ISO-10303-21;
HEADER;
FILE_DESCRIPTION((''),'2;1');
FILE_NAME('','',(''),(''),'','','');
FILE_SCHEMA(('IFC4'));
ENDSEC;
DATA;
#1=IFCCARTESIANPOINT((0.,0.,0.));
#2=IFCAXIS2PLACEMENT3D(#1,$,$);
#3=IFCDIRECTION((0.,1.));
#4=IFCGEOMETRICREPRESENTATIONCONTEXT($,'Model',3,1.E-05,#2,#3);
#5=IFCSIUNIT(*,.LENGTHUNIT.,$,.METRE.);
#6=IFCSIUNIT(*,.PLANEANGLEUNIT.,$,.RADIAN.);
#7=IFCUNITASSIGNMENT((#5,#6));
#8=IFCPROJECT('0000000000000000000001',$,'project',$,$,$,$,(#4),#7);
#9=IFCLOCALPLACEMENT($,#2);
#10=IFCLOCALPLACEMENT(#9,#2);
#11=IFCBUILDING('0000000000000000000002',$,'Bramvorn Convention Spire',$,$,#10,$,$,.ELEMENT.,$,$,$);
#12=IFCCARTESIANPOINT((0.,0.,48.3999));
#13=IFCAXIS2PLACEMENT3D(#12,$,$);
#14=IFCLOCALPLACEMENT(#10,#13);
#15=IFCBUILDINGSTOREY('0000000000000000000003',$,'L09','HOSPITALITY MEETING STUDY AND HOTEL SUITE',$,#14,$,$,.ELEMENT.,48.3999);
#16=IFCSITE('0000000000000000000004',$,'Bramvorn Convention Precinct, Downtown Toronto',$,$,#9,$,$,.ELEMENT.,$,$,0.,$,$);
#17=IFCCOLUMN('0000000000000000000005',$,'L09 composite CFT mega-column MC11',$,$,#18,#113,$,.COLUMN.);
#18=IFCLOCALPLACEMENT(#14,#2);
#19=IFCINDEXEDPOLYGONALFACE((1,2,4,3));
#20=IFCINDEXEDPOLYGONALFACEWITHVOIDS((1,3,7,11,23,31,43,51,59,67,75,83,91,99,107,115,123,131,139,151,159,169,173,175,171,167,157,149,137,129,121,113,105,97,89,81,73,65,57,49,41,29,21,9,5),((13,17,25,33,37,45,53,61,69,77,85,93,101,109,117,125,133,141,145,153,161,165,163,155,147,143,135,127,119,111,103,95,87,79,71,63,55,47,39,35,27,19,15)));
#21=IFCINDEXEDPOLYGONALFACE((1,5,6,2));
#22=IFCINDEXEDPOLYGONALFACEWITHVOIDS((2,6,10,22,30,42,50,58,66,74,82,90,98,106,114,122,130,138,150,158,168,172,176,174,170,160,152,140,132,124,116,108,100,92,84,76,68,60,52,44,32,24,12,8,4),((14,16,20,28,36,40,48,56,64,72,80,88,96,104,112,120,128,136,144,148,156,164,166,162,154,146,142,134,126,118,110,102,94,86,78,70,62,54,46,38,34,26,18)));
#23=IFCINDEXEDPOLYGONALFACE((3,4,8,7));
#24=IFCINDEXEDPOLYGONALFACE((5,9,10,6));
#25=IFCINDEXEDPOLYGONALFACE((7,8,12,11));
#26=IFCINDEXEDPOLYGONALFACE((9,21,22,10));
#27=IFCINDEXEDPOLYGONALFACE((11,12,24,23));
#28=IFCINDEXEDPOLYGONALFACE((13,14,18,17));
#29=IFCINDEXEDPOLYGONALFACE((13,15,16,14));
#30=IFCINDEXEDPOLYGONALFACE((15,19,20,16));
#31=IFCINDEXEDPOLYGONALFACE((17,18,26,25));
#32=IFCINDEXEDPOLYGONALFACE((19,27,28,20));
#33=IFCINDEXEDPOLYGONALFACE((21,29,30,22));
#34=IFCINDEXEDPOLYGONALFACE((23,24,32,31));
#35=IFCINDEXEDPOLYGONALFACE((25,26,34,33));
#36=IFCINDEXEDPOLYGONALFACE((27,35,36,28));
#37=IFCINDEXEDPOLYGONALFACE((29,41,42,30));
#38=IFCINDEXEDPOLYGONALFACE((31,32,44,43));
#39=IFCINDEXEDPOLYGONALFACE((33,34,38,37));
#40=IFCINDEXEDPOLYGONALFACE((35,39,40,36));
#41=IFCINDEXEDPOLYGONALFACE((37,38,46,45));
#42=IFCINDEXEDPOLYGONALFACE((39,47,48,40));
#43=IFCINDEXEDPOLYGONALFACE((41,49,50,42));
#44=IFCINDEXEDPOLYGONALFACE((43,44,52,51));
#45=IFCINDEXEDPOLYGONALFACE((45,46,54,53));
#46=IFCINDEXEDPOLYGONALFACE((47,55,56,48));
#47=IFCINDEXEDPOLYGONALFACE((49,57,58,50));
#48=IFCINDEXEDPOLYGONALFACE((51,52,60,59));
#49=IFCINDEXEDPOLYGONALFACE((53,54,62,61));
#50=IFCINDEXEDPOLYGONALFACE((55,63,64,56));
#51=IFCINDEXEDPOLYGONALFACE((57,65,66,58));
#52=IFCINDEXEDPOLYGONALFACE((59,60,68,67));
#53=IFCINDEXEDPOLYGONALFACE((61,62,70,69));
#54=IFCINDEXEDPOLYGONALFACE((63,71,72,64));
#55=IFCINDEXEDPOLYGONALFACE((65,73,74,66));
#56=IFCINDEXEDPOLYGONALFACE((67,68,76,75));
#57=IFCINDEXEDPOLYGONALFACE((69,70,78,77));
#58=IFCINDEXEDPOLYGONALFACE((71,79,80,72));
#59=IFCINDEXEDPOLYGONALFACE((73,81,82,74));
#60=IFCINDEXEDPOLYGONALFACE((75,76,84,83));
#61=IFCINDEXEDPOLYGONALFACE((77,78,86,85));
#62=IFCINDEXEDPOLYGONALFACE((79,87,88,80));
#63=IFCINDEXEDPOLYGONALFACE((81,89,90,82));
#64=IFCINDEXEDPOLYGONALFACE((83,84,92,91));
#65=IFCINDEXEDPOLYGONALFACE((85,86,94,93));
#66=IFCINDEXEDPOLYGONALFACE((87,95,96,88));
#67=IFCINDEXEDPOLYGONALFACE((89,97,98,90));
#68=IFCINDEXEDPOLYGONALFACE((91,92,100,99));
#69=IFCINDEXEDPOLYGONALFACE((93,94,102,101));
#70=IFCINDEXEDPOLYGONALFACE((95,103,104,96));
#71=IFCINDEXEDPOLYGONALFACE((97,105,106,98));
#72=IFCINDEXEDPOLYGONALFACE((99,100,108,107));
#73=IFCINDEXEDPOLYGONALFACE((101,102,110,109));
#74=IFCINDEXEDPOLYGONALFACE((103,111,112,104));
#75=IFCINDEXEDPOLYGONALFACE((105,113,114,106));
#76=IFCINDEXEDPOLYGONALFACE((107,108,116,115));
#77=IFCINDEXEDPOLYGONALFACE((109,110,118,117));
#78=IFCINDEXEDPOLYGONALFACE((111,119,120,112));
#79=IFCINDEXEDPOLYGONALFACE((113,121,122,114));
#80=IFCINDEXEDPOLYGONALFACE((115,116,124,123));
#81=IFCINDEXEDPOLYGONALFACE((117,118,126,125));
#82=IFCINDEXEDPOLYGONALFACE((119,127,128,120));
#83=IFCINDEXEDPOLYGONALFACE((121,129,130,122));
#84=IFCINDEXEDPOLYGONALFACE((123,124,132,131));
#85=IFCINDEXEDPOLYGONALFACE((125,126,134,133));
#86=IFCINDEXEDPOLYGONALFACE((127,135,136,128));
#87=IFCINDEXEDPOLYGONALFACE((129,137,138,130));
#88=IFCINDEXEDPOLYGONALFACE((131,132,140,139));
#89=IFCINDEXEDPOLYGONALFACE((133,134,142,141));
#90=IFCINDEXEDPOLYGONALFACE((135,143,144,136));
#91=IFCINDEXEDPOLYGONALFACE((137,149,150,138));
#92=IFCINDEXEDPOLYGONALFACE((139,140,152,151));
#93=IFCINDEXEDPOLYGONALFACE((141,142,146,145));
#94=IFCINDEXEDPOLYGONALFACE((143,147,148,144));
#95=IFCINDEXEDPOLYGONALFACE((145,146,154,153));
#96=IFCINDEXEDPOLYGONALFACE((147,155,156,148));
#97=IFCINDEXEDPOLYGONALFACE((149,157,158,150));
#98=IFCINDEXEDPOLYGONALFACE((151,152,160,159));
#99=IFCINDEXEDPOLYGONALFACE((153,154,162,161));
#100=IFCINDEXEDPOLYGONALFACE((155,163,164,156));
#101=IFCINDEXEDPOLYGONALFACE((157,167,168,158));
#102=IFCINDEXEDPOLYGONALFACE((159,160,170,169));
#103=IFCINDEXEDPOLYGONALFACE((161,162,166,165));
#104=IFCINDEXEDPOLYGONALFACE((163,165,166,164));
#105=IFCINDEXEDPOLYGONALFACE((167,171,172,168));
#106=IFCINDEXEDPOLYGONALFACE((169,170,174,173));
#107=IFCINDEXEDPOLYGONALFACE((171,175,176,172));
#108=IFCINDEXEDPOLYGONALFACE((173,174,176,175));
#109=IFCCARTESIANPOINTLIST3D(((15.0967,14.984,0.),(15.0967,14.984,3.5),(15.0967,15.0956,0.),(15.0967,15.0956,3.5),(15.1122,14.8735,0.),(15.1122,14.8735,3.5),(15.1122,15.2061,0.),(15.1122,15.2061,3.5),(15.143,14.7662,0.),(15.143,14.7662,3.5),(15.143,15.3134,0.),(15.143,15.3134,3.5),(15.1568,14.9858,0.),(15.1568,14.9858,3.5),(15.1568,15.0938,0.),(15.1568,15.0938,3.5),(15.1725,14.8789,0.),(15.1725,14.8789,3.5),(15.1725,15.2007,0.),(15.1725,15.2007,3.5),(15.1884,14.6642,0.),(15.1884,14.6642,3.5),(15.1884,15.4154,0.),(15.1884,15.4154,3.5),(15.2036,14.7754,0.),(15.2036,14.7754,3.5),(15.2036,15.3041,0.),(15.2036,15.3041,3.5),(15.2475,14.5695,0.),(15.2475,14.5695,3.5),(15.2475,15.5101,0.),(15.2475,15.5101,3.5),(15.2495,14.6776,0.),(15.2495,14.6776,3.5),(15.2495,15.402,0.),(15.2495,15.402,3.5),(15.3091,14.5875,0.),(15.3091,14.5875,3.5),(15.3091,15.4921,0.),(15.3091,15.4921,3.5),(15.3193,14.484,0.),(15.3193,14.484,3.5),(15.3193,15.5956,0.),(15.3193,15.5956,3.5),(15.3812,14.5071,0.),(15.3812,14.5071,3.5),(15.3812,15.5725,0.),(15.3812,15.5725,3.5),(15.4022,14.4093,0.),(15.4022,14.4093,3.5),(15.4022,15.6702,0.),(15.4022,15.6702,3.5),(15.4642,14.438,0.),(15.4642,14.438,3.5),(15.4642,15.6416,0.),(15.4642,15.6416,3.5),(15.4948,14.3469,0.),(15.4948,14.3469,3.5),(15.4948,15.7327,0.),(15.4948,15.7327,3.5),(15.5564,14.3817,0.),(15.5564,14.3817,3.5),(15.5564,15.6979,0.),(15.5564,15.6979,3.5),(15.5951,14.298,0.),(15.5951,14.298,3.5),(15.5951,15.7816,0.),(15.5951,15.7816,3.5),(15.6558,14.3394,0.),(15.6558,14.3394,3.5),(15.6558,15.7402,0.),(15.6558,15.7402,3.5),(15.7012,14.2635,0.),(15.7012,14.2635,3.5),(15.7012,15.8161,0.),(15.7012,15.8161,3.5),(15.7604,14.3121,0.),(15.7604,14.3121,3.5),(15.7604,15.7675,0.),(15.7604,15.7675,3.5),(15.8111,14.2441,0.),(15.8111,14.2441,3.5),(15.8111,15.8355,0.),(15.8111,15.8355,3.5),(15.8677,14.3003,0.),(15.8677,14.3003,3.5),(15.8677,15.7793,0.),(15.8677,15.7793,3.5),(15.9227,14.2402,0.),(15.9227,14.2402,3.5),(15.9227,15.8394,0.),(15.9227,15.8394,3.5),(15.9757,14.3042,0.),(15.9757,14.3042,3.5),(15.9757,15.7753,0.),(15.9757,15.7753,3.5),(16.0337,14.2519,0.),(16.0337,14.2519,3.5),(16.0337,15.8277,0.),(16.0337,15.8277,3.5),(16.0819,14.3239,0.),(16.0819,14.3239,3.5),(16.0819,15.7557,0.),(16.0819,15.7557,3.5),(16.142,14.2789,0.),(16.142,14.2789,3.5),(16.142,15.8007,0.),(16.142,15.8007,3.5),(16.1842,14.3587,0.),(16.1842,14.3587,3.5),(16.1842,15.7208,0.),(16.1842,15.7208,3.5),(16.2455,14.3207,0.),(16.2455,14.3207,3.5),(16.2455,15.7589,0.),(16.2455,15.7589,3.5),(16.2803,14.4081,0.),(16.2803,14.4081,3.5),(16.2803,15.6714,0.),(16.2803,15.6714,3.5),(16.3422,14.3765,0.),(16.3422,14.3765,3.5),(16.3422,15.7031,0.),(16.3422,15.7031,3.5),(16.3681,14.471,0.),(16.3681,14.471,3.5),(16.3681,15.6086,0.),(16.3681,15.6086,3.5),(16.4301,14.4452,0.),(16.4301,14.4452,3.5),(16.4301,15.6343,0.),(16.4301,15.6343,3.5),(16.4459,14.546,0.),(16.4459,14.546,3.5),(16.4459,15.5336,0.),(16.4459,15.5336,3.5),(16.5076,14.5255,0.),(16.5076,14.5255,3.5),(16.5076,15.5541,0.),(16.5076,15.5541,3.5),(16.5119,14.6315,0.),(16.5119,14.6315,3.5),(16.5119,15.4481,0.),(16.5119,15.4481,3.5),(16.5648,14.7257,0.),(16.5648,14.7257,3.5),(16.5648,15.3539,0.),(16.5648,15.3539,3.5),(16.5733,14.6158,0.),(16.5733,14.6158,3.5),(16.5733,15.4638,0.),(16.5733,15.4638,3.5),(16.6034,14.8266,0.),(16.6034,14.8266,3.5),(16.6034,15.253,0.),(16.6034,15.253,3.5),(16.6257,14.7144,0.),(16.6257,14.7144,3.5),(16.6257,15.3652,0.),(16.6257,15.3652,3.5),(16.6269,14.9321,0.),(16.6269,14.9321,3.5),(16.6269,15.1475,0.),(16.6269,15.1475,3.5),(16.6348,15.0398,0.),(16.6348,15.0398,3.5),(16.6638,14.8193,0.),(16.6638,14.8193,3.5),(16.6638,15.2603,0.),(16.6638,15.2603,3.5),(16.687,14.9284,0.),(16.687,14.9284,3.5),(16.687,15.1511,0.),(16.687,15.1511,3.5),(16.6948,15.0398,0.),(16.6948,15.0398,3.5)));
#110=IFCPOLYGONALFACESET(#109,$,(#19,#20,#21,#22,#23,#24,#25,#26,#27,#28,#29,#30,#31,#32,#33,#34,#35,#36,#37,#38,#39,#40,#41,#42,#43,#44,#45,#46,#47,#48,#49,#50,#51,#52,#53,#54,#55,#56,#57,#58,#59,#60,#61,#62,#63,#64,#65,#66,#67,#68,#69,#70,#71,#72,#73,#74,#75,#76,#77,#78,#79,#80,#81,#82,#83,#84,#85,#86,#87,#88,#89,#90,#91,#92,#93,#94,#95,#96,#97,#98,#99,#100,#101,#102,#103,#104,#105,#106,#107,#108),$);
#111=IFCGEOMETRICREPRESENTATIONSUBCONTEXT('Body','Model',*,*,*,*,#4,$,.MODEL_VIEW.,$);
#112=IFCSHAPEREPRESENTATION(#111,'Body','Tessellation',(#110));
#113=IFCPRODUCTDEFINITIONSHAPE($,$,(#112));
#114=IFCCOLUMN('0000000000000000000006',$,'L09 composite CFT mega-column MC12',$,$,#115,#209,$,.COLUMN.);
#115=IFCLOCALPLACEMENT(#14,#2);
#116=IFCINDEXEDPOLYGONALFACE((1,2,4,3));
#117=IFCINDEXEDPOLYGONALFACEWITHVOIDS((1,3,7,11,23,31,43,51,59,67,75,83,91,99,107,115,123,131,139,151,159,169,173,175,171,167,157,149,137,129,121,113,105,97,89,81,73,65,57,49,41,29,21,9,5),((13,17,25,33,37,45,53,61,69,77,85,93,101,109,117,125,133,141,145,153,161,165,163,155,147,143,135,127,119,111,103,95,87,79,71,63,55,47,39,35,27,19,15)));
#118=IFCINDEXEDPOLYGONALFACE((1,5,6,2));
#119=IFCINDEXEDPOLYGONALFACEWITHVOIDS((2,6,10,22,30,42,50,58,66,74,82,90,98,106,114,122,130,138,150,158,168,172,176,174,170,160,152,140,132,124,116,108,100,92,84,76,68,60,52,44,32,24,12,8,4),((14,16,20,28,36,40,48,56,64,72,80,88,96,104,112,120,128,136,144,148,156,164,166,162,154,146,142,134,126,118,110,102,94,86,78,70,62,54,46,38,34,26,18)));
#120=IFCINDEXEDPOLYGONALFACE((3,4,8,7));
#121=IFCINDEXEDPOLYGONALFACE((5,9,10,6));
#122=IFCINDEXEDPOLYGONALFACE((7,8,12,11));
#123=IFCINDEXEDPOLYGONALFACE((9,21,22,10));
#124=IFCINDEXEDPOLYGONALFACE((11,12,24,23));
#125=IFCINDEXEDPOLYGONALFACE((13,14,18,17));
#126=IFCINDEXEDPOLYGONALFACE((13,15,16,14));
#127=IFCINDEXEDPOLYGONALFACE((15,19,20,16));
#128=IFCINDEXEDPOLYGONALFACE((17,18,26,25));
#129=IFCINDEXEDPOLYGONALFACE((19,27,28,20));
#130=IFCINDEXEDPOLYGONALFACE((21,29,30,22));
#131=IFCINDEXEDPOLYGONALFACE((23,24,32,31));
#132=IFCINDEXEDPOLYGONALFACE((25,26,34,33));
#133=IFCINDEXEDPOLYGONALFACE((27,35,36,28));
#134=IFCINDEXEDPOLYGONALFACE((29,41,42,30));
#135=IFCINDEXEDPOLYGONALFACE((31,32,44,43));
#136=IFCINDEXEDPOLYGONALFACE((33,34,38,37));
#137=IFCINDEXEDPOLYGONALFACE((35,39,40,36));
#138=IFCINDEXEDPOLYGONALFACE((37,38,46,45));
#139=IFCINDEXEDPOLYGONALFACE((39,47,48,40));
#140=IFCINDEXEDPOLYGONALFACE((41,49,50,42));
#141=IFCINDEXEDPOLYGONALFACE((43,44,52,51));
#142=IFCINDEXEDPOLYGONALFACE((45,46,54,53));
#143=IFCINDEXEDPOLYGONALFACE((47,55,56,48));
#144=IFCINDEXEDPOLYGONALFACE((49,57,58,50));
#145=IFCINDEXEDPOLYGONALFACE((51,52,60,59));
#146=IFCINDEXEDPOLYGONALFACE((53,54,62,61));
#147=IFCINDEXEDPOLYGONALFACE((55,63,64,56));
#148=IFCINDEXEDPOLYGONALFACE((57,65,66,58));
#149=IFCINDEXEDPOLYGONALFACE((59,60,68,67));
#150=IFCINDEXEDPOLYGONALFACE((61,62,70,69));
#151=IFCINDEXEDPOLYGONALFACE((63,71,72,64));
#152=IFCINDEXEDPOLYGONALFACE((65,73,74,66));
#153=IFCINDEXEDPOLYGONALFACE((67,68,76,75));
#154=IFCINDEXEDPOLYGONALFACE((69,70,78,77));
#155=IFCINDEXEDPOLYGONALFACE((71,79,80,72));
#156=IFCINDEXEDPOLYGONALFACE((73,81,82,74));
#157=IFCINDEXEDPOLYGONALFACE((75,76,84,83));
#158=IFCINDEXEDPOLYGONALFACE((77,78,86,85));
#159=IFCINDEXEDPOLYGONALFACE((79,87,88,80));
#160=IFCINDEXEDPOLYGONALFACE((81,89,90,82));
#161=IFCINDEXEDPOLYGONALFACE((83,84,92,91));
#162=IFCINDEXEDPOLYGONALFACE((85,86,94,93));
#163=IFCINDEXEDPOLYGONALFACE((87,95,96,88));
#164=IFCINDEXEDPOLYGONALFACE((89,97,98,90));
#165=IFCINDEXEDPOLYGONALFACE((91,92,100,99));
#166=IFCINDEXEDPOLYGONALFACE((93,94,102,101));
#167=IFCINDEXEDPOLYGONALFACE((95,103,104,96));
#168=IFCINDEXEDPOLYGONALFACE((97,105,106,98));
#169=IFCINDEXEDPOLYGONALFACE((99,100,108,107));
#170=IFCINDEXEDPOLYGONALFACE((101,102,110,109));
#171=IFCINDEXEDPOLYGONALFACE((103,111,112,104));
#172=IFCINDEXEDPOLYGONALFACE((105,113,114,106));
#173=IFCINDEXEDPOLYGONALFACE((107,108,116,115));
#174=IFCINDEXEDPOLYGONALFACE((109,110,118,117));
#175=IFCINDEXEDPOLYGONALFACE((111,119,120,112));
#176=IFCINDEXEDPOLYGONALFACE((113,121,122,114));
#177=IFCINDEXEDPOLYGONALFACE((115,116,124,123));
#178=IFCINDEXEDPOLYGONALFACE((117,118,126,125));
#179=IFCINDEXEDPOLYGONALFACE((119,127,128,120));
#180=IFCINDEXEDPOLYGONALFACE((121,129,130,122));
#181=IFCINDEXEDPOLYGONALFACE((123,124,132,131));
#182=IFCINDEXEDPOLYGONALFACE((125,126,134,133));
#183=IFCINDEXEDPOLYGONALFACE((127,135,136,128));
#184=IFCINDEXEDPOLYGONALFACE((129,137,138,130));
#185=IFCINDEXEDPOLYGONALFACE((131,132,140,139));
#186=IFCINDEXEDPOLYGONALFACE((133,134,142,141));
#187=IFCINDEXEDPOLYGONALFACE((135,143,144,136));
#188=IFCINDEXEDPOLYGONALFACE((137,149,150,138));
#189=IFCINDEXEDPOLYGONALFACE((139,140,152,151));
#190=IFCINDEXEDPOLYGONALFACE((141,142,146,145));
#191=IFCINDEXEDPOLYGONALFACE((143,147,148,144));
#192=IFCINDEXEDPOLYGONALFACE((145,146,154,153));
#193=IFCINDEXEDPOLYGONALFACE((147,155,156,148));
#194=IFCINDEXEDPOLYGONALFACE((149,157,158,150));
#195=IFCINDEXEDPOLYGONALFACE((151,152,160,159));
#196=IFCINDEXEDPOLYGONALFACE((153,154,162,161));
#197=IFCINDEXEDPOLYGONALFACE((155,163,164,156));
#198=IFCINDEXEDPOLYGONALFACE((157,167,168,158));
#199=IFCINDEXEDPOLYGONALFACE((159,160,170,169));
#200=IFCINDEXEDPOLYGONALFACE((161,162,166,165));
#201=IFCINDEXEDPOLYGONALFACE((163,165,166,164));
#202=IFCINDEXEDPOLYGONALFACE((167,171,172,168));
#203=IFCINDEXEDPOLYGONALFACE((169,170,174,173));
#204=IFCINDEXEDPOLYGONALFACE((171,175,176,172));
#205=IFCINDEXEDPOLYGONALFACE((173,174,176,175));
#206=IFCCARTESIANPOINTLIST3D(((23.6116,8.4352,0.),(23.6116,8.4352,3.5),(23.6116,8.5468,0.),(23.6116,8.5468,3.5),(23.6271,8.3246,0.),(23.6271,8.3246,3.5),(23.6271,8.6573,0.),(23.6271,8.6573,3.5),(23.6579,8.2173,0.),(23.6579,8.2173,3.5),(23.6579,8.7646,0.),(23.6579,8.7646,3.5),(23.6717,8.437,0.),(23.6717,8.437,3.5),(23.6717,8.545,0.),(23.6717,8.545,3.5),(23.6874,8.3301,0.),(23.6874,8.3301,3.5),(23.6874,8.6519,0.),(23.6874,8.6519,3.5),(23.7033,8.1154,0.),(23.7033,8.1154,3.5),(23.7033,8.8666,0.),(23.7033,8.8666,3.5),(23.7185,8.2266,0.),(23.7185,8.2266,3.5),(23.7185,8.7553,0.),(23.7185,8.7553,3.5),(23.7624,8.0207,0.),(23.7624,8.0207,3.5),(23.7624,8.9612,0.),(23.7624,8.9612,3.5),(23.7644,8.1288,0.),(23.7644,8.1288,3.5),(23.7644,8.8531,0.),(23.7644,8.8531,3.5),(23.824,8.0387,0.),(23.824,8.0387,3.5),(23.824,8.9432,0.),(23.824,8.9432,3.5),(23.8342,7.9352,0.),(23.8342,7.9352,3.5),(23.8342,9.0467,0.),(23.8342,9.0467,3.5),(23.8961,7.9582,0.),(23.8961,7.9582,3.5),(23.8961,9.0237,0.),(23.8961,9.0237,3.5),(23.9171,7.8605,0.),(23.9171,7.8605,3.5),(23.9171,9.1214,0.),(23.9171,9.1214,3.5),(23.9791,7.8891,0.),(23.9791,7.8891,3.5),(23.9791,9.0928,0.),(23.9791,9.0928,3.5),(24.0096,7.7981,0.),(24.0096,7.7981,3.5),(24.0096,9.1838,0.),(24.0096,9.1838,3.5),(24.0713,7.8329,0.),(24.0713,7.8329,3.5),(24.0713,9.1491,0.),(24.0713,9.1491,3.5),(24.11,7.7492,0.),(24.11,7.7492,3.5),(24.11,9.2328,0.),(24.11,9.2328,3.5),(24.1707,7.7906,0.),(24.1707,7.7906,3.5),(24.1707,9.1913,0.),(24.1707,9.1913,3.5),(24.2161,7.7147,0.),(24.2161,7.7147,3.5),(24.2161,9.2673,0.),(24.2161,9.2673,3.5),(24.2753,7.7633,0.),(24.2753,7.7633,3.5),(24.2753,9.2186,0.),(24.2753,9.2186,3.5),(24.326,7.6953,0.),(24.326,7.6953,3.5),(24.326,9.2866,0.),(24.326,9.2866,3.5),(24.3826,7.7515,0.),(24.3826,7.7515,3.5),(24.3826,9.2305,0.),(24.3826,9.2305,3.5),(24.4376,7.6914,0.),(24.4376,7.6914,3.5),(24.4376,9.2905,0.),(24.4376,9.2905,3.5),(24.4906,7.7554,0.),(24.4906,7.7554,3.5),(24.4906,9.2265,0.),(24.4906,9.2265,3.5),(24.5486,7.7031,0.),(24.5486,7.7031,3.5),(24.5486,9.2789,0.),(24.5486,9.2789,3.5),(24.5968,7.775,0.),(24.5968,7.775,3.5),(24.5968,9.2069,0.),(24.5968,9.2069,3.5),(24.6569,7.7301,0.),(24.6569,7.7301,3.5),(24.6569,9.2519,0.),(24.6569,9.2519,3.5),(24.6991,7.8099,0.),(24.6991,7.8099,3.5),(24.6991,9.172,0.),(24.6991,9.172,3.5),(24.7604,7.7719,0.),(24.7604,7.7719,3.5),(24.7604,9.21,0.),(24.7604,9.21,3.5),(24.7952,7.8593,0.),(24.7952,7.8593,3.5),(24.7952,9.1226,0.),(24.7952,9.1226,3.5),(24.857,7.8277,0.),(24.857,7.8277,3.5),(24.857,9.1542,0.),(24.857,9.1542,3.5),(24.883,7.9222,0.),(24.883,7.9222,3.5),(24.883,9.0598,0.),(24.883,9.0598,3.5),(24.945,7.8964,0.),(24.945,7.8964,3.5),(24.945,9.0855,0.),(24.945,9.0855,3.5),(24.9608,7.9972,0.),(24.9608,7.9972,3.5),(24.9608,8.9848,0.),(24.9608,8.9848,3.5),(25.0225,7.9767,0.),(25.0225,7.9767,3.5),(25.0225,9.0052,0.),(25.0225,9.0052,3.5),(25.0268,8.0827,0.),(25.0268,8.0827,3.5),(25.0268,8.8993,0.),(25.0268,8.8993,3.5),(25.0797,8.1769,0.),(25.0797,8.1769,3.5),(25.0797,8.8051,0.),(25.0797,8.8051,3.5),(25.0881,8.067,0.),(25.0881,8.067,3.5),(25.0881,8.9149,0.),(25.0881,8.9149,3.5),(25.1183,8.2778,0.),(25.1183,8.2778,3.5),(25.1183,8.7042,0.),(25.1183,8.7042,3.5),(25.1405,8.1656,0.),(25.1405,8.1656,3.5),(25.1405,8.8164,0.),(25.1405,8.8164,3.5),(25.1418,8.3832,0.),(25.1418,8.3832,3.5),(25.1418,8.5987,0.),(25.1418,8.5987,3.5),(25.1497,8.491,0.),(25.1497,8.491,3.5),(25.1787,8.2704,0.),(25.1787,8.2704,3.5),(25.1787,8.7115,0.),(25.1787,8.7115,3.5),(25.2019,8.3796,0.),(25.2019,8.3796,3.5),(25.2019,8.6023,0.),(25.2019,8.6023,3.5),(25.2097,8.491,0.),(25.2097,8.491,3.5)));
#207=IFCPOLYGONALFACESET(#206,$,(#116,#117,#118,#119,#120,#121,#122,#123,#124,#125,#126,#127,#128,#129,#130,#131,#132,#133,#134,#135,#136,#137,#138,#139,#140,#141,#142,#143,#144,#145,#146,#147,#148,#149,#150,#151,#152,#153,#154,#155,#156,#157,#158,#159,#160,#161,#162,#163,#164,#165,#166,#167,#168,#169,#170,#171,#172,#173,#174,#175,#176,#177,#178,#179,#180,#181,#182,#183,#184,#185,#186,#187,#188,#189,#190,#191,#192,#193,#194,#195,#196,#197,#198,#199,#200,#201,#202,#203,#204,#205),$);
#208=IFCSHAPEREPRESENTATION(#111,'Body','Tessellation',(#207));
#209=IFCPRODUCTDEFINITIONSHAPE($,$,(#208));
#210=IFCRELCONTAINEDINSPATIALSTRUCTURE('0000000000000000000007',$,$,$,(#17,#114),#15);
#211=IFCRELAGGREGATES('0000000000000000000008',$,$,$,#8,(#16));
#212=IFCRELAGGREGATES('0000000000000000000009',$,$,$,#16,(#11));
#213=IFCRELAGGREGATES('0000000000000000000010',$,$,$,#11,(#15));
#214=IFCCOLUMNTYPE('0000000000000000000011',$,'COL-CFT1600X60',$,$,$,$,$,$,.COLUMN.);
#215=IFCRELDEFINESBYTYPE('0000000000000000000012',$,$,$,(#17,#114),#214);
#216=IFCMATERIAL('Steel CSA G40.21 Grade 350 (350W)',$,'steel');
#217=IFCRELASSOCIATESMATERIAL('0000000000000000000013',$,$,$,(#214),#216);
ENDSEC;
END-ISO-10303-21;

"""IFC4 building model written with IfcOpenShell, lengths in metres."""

from ifc_helpers import new_model, si_unit, direction, frame, origin, origin_2d, place, context, subcontext, project, spatial, hollow_circle, extrude, material, material_profile, profile_set, type_object, element, save


model = new_model("IFC4")

# Units and contexts
model_context = context("Model", 3, precision=1e-05, world=origin(), true_north=direction((0.0, 1.0)))
body_context = subcontext(model_context, "Body", "Model", "MODEL_VIEW")
ifc_project = project(units=[si_unit("LENGTHUNIT", "METRE"), si_unit("PLANEANGLEUNIT", "RADIAN")], contexts=[model_context])

# Site, building, storey
site_placement = place(None, origin())
site = spatial("IfcSite", under=ifc_project, at=site_placement, Name="Bramvorn Convention Precinct, Downtown Toronto", CompositionType="ELEMENT", RefElevation=0.0)
building_placement = place(site_placement, origin())
building = spatial("IfcBuilding", under=site, at=building_placement, Name="Bramvorn Convention Spire", CompositionType="ELEMENT")
storey_placement = place(building_placement, frame((0.0, 0.0, 48.3999)))
storey = spatial("IfcBuildingStorey", under=building, at=storey_placement, Name="L09", Description="HOSPITALITY MEETING STUDY AND HOTEL SUITE", CompositionType="ELEMENT", Elevation=48.3999)

# Columns
ifc_material_1 = material(Name="Steel CSA G40.21 Grade 350 (350W)", Category="steel")
ifc_material_profile_1 = material_profile(ifc_material_1, hollow_circle(Radius=0.8, WallThickness=0.0601, at=origin_2d()))
ifc_profile_set_1 = profile_set([ifc_material_profile_1], Name="Steel CSA G40.21 Grade 350 (350W) - CFT1600X60")
column_type = type_object("IfcColumnType", Name="COL-CFT1600X60", PredefinedType="COLUMN", material=ifc_profile_set_1)
for number, where, z_axis, x_axis, name in (
    (1, (15.8948, 15.0398, 0.0), (0.0, 0.0, 1.0), (1.0, 0.0, 0.0), "L09 composite CFT mega-column MC11"),
    (2, (24.4097, 8.491, 0.0), (0.0, 0.0, 1.0), (1.0, 0.0, 0.0), "L09 composite CFT mega-column MC12"),
):
    element("IfcColumn", number, at=place(storey_placement, frame(where, z_axis=z_axis, x_axis=x_axis)), inside=storey, type_object=column_type, Name=name, PredefinedType="COLUMN", context=body_context, shape_type="SweptSolid", body=[
        extrude(hollow_circle(Radius=0.8, WallThickness=0.0601, at=origin_2d()), origin(), (0.0, 0.0, 1.0), 3.5),
    ])

save(model, "model.ifc")
